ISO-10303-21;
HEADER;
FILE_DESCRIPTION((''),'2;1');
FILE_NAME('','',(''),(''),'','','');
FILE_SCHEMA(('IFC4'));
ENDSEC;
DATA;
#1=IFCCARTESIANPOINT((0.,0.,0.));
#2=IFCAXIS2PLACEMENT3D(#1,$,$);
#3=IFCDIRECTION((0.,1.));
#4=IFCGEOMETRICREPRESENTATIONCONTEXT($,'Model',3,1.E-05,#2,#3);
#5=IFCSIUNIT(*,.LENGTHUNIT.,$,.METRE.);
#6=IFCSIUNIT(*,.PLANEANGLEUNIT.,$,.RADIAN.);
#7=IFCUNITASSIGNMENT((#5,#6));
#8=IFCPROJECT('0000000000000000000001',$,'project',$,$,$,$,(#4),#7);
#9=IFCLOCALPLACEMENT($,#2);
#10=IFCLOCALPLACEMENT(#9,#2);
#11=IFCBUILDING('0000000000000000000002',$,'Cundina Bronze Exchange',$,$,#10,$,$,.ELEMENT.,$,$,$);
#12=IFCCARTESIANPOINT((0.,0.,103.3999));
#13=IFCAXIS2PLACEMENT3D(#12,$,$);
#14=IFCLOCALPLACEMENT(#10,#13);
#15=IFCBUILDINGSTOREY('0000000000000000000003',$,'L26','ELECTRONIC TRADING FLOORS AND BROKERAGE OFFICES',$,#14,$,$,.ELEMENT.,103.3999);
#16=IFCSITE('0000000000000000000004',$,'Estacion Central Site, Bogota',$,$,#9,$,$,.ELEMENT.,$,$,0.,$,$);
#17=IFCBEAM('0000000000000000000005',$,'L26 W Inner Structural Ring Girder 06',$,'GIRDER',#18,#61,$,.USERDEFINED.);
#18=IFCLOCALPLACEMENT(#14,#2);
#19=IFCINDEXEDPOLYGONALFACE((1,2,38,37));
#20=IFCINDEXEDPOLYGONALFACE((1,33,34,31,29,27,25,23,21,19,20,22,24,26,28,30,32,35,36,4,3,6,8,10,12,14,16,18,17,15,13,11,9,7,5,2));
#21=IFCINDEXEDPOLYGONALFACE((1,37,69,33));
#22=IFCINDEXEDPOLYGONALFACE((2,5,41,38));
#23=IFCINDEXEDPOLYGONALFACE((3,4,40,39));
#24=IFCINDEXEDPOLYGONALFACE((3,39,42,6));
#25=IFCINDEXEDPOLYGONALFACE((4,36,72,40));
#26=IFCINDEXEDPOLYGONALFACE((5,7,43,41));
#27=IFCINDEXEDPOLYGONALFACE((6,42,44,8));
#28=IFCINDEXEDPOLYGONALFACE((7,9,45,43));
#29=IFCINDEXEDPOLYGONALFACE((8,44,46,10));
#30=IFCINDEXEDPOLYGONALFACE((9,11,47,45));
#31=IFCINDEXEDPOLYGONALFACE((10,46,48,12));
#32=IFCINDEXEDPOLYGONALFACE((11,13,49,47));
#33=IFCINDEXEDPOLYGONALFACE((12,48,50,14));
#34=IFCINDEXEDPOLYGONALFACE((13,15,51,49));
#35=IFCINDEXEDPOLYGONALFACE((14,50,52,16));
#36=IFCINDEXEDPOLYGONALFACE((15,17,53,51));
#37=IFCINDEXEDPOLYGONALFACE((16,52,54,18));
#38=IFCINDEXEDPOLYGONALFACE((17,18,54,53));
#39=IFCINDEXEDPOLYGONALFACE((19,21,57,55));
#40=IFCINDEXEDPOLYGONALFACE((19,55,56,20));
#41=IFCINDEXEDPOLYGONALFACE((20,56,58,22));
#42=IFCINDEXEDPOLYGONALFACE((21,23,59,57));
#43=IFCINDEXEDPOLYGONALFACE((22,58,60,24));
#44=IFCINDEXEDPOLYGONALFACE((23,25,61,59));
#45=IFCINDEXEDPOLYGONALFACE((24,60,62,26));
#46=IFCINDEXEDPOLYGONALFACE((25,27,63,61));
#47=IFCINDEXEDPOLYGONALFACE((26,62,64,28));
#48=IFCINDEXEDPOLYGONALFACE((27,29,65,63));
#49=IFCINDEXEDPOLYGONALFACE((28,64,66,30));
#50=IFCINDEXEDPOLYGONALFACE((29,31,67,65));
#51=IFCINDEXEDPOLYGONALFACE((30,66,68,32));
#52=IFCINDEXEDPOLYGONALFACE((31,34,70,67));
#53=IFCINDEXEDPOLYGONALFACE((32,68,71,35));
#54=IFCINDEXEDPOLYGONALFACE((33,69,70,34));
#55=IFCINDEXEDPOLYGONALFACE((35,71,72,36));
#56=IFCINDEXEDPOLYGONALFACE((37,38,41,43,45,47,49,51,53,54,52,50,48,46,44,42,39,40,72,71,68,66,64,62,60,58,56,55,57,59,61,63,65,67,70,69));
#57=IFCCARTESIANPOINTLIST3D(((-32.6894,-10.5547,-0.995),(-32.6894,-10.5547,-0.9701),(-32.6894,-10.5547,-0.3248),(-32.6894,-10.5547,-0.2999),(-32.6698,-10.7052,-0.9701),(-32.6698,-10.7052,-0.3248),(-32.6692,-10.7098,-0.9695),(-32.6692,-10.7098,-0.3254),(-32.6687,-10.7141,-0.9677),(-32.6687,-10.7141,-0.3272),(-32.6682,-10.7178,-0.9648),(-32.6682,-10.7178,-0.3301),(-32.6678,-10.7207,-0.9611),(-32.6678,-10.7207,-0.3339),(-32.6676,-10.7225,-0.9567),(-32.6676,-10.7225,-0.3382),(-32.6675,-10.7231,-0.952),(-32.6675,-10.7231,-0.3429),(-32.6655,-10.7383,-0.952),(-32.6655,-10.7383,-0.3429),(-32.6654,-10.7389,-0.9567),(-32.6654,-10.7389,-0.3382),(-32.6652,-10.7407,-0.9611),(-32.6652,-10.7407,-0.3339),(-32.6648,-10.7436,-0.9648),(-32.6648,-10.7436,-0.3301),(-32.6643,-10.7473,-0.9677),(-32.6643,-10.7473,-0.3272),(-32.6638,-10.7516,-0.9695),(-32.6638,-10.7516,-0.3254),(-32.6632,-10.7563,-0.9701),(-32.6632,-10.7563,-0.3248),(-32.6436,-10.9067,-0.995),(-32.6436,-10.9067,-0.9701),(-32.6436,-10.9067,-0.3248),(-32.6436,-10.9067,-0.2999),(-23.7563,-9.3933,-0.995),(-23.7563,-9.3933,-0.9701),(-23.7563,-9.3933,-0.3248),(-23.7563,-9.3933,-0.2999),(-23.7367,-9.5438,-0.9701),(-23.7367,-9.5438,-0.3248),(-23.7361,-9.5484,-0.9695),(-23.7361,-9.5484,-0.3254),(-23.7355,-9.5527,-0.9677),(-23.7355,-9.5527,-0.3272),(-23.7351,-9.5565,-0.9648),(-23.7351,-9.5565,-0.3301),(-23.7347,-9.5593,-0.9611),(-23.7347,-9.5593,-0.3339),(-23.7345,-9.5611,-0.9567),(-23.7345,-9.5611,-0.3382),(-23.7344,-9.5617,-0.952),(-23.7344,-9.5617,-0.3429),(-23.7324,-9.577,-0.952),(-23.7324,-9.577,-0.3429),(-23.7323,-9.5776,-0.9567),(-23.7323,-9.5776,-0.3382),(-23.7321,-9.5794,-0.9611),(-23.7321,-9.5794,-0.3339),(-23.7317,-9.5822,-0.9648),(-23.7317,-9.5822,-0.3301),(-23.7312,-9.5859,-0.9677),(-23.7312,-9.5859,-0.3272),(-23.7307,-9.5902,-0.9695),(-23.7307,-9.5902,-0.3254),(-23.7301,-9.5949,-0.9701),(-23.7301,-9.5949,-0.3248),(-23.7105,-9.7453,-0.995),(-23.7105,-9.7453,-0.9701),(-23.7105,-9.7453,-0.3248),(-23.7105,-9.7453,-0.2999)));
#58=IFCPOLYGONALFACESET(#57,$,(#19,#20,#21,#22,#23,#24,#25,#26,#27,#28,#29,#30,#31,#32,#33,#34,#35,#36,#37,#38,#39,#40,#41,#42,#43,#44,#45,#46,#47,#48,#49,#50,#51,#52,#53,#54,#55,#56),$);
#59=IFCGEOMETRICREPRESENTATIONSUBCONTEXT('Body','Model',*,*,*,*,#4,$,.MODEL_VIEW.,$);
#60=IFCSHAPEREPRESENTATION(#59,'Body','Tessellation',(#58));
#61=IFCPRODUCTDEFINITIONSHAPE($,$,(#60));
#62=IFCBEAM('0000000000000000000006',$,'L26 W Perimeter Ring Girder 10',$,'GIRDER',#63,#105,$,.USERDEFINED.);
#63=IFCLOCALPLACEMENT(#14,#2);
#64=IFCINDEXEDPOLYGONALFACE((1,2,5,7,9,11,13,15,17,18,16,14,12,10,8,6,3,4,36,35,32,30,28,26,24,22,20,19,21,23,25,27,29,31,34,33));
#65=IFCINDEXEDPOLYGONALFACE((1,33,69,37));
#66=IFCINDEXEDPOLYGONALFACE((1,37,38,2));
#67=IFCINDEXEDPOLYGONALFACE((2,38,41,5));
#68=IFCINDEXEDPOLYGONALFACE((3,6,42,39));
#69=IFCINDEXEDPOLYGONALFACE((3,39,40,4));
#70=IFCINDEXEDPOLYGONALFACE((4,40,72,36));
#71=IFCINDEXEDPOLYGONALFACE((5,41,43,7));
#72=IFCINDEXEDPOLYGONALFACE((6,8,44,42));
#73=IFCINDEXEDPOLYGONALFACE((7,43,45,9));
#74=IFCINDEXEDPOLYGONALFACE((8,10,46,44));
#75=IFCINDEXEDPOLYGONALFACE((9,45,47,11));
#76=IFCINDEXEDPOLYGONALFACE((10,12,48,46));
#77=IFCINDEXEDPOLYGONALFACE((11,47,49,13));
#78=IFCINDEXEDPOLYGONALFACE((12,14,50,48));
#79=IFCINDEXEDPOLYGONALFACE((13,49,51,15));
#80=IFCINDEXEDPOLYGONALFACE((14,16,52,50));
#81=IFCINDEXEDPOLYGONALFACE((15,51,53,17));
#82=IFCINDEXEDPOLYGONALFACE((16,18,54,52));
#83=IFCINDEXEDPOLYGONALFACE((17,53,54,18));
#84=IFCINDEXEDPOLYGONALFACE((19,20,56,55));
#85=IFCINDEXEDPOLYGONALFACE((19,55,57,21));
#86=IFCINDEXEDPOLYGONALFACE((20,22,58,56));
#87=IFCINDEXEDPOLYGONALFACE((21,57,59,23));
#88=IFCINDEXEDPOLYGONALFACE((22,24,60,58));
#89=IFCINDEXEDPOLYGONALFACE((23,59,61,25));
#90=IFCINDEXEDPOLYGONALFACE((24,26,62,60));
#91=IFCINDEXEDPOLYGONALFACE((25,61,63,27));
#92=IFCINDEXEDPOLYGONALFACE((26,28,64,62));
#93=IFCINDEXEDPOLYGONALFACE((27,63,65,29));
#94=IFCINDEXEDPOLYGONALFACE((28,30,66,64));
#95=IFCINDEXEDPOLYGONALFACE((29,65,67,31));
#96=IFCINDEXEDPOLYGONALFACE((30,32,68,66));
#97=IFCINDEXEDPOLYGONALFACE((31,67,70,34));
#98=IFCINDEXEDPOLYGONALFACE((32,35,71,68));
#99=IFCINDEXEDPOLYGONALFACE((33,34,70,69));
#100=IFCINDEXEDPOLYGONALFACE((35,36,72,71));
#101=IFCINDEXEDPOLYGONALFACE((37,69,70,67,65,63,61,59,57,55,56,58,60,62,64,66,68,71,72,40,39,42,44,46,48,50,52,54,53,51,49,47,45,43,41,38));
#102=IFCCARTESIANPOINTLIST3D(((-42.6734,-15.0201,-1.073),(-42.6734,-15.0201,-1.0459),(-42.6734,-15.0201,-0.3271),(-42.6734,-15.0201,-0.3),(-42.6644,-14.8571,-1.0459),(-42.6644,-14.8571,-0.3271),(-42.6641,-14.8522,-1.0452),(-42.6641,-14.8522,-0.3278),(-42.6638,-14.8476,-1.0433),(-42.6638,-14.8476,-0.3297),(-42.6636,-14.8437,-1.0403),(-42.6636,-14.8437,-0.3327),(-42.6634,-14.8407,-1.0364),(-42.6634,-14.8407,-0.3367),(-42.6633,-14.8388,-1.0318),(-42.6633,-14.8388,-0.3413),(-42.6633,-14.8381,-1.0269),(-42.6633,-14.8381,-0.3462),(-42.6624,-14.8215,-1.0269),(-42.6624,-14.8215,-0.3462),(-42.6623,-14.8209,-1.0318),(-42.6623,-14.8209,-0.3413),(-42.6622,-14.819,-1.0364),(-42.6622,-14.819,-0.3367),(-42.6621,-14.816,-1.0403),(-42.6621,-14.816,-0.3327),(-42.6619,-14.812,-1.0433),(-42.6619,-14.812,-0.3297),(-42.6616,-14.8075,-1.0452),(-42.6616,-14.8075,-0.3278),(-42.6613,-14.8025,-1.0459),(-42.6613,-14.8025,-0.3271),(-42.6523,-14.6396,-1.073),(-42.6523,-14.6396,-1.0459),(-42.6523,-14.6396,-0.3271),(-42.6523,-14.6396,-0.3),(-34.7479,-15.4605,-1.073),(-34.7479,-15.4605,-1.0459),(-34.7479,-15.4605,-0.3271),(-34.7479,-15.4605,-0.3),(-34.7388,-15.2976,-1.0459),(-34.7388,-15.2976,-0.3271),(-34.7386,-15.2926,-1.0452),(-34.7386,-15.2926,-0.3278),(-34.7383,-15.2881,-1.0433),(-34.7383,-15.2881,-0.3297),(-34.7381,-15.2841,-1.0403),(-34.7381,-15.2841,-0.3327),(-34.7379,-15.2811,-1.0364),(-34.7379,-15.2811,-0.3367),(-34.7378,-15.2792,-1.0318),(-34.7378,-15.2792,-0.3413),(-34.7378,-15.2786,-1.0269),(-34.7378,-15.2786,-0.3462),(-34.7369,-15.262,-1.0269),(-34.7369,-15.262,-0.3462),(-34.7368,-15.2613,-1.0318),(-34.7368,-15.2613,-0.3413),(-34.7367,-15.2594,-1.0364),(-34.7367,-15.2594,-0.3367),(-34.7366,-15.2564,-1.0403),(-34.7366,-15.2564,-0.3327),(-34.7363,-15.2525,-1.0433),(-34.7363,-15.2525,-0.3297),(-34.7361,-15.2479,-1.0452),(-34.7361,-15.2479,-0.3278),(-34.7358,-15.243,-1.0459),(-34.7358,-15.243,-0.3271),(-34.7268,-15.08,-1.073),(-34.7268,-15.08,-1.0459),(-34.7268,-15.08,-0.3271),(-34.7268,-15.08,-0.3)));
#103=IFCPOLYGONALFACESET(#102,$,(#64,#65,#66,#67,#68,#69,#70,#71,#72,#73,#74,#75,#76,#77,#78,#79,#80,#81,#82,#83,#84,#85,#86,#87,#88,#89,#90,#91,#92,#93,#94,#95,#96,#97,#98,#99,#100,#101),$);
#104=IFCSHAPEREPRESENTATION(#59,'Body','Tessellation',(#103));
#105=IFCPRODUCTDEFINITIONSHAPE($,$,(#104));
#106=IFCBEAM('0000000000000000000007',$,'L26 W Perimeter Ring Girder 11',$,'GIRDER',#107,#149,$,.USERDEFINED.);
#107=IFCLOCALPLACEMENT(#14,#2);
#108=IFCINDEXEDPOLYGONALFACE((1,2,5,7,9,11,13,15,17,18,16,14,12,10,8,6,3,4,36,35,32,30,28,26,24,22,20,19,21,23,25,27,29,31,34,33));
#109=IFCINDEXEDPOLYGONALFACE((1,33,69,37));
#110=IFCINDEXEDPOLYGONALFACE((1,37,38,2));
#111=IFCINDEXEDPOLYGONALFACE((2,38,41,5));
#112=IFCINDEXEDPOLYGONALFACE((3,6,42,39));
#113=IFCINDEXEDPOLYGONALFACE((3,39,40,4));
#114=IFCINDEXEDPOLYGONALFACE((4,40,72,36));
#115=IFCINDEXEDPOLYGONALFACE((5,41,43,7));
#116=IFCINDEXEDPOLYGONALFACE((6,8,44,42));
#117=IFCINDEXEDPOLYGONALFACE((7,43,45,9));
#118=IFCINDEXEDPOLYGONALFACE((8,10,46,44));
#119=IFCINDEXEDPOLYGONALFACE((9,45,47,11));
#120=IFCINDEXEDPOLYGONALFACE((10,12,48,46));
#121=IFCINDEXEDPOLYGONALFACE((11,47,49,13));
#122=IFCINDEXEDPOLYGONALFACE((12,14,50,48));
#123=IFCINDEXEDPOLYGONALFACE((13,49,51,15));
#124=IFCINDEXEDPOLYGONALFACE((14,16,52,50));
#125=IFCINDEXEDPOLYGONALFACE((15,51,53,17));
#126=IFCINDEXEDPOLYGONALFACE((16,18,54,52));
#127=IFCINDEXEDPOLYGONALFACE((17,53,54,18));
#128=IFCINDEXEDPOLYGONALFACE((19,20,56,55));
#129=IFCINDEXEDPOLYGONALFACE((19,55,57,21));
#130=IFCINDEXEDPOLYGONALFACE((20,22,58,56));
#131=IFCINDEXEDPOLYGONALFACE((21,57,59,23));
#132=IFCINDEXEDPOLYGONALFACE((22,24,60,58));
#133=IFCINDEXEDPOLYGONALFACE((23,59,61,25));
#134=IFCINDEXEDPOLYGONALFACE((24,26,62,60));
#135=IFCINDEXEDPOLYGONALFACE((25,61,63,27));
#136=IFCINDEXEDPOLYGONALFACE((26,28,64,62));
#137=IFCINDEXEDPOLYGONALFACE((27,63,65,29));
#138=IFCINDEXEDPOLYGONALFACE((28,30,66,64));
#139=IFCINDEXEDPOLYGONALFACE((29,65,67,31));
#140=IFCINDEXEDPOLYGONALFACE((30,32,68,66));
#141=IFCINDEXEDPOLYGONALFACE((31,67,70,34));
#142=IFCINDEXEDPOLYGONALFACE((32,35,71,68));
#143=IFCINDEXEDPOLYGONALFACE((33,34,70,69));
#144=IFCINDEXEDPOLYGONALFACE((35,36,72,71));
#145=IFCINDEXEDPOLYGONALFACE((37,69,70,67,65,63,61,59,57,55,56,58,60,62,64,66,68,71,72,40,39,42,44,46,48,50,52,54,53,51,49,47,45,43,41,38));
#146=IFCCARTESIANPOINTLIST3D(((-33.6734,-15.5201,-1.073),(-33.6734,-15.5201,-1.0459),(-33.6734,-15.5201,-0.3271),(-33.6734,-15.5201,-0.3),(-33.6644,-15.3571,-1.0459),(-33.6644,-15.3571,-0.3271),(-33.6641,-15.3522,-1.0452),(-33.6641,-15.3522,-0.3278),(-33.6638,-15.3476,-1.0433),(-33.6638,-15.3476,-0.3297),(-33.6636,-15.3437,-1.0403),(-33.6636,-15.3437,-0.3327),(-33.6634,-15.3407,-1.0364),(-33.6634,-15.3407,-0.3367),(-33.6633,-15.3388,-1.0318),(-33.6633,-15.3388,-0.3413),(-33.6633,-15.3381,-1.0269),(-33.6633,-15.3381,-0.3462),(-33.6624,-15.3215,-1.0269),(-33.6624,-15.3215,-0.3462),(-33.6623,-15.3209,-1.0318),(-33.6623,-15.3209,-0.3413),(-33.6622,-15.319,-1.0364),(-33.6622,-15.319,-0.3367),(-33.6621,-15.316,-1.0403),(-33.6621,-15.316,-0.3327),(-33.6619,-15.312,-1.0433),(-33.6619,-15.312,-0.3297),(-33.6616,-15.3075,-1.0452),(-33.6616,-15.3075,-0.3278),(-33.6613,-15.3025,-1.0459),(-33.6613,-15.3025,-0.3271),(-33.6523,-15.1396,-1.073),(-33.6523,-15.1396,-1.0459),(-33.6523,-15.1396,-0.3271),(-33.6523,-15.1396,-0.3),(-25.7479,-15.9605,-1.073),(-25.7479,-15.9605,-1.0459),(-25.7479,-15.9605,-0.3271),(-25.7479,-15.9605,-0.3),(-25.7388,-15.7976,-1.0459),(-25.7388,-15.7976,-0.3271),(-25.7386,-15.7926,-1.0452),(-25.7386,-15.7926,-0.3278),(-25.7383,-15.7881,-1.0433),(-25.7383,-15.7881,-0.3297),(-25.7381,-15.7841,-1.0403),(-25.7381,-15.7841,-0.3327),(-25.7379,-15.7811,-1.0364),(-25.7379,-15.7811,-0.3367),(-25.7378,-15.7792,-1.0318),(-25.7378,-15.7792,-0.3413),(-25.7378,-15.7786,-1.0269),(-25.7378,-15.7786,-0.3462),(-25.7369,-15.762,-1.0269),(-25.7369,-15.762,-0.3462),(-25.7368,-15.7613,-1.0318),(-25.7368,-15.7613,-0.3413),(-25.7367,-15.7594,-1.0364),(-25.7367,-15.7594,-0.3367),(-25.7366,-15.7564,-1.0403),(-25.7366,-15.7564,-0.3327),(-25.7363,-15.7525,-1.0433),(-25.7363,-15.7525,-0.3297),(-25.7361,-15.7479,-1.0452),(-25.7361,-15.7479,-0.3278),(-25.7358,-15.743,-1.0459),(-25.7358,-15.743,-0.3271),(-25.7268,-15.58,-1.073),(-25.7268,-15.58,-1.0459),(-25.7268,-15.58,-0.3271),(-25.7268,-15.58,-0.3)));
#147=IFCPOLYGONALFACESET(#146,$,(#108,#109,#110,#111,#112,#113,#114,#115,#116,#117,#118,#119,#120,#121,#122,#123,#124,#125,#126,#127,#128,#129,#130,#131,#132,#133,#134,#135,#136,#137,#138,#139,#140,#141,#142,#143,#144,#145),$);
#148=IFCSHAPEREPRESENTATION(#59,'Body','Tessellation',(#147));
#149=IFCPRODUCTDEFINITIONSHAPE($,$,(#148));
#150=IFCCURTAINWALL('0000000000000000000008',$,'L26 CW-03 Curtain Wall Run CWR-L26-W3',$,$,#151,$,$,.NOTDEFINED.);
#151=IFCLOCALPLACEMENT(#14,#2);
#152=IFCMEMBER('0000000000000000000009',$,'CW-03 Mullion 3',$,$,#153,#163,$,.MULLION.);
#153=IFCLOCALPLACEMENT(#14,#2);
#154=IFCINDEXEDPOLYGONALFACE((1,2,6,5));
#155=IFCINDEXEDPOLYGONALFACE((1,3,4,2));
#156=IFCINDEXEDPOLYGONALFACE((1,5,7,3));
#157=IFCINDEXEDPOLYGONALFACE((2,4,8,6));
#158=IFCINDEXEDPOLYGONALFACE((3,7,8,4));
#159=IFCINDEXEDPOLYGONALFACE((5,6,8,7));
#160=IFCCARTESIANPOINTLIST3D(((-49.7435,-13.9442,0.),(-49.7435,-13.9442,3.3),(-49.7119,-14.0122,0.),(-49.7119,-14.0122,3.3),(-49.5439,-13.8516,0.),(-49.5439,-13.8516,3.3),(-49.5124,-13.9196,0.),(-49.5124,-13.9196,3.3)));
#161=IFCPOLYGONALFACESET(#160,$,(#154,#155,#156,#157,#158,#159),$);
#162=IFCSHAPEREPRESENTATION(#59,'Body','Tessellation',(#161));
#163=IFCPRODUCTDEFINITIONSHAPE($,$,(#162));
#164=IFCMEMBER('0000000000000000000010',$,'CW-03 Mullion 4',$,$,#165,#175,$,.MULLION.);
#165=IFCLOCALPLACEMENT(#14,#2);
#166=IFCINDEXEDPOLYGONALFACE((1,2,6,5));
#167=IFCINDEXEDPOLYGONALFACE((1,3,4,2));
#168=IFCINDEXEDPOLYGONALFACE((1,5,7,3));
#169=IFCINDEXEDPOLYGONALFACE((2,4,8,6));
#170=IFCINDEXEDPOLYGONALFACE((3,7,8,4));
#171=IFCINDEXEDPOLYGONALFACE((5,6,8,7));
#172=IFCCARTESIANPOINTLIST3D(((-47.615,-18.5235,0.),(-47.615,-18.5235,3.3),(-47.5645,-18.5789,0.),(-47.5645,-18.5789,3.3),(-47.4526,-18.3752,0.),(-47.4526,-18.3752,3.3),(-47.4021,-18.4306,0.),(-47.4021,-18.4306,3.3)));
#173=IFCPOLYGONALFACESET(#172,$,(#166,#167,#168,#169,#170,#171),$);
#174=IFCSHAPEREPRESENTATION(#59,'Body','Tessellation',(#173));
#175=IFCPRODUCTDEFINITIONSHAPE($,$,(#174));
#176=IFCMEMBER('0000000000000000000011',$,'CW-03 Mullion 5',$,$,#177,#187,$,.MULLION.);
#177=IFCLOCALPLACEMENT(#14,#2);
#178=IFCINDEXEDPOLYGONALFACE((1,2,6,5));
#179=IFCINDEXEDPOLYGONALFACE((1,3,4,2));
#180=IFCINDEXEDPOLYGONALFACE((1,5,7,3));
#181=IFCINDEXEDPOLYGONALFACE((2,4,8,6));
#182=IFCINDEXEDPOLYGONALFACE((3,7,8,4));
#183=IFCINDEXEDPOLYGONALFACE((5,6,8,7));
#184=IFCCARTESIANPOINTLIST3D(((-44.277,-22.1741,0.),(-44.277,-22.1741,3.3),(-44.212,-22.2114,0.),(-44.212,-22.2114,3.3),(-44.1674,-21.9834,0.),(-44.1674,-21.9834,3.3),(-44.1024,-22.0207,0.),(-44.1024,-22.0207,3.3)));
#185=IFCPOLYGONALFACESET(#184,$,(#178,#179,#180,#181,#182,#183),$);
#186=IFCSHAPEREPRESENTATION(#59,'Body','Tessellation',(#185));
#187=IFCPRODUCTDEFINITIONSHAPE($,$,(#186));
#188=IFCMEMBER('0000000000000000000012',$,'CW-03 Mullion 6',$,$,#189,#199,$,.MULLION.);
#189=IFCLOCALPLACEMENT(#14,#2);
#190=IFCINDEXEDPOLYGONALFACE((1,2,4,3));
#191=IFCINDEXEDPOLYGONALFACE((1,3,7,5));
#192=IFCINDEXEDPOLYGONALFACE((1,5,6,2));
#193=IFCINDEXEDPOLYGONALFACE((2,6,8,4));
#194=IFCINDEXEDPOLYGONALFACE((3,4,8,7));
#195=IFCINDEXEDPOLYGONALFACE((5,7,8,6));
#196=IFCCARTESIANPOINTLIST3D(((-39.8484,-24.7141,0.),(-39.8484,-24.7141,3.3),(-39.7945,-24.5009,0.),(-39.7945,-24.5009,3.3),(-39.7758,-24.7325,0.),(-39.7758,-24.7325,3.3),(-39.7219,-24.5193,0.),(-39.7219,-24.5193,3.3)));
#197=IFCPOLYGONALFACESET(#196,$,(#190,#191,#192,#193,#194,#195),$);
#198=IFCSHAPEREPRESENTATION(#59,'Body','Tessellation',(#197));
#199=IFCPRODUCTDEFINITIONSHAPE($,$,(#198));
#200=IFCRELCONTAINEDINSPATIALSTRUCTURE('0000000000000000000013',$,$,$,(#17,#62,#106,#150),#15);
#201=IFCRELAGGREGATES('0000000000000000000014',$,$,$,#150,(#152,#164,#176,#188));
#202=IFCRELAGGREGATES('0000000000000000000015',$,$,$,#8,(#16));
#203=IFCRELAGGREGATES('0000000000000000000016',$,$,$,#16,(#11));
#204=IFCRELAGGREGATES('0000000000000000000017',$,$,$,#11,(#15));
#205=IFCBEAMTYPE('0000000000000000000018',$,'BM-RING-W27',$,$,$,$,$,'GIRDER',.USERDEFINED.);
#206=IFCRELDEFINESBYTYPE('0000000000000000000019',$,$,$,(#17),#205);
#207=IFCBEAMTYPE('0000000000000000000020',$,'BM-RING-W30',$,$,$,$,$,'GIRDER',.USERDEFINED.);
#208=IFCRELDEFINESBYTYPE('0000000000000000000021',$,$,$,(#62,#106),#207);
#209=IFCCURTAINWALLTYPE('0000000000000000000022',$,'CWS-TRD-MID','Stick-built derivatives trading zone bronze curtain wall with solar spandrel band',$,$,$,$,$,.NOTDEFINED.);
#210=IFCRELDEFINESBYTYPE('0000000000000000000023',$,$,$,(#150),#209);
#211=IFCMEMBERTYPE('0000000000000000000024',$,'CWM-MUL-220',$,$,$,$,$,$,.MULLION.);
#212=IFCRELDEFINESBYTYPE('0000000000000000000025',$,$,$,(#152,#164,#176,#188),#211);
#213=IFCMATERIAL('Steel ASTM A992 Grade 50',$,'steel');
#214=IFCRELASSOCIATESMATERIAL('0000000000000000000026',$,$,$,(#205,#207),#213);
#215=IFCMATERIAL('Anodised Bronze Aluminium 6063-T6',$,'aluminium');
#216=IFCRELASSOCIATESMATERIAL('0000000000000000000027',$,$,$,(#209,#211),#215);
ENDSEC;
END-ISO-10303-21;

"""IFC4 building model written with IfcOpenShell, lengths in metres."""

from ifc_helpers import new_model, si_unit, direction, frame, origin, origin_2d, place, context, subcontext, project, spatial, rectangle, i_section, extrude, material, material_profile, profile_set, type_object, element, aggregate, save


model = new_model("IFC4")

# Units and contexts
model_context = context("Model", 3, precision=1e-05, world=origin(), true_north=direction((0.0, 1.0)))
body_context = subcontext(model_context, "Body", "Model", "MODEL_VIEW")
ifc_project = project(units=[si_unit("LENGTHUNIT", "METRE"), si_unit("PLANEANGLEUNIT", "RADIAN")], contexts=[model_context])

# Site, building, storey
site_placement = place(None, origin())
site = spatial("IfcSite", under=ifc_project, at=site_placement, Name="Estacion Central Site, Bogota", CompositionType="ELEMENT", RefElevation=0.0)
building_placement = place(site_placement, origin())
building = spatial("IfcBuilding", under=site, at=building_placement, Name="Cundina Bronze Exchange", CompositionType="ELEMENT")
storey_placement = place(building_placement, frame((0.0, 0.0, 103.3999)))
storey = spatial("IfcBuildingStorey", under=building, at=storey_placement, Name="L26", Description="ELECTRONIC TRADING FLOORS AND BROKERAGE OFFICES", CompositionType="ELEMENT", Elevation=103.3999)

# Beams
ifc_material_1 = material(Name="Steel ASTM A992 Grade 50", Category="steel")
ifc_material_profile_1 = material_profile(ifc_material_1, i_section(OverallWidth=0.355, OverallDepth=0.6951, WebThickness=0.0154, FlangeThickness=0.0249, FilletRadius=0.0181, at=origin_2d()), Name="W27X146", Category="steel")
ifc_profile_set_1 = profile_set([ifc_material_profile_1], Name="Steel ASTM A992 Grade 50")
beam_type_1 = type_object("IfcBeamType", Name="BM-RING-W27", ElementType="GIRDER", PredefinedType="USERDEFINED", material=ifc_profile_set_1)
beam_1_placement = place(storey_placement, frame((-32.6665, -10.7307, -0.6475), z_axis=(0.991655, 0.128923, 0.0), x_axis=(-0.128923, 0.991655, 0.0)))
element("IfcBeam", 1, at=beam_1_placement, inside=storey, type_object=beam_type_1, Name="L26 W Inner Structural Ring Girder 06", ObjectType="GIRDER", PredefinedType="USERDEFINED", context=body_context, shape_type="SweptSolid", body=[
    extrude(i_section(OverallWidth=0.355, OverallDepth=0.6951, WebThickness=0.0154, FlangeThickness=0.0249, FilletRadius=0.0181, at=origin_2d()), origin(), (0.0, 0.0, 1.0), 9.0083),
])
ifc_material_profile_2 = material_profile(ifc_material_1, i_section(OverallWidth=0.3811, OverallDepth=0.7729, WebThickness=0.0166, FlangeThickness=0.0271, FilletRadius=0.019, at=origin_2d()), Name="W30X173", Category="steel")
ifc_profile_set_2 = profile_set([ifc_material_profile_2], Name="Steel ASTM A992 Grade 50")
beam_type_2 = type_object("IfcBeamType", Name="BM-RING-W30", ElementType="GIRDER", PredefinedType="USERDEFINED", material=ifc_profile_set_2)
for number, where, z_axis, x_axis, name in (
    (2, (-42.6628, -14.8298, -0.6865), (0.99846, -0.055485, 0.0), (0.055485, 0.99846, 0.0), "L26 W Perimeter Ring Girder 10"),
    (3, (-33.6628, -15.3298, -0.6865), (0.99846, -0.055485, 0.0), (0.055485, 0.99846, 0.0), "L26 W Perimeter Ring Girder 11"),
):
    element("IfcBeam", number, at=place(storey_placement, frame(where, z_axis=z_axis, x_axis=x_axis)), inside=storey, type_object=beam_type_2, Name=name, ObjectType="GIRDER", PredefinedType="USERDEFINED", context=body_context, shape_type="SweptSolid", body=[
        extrude(i_section(OverallWidth=0.3811, OverallDepth=0.7729, WebThickness=0.0166, FlangeThickness=0.0271, FilletRadius=0.019, at=origin_2d()), origin(), (0.0, 0.0, 1.0), 7.9377),
    ])

# Curtain wall, members
ifc_material_2 = material(Name="Anodised Bronze Aluminium 6063-T6", Category="aluminium")
curtain_wall_type = type_object("IfcCurtainWallType", Name="CWS-TRD-MID", Description="Stick-built derivatives trading zone bronze curtain wall with solar spandrel band", PredefinedType="NOTDEFINED", material=ifc_material_2)
curtain_wall_placement = place(storey_placement, origin())
curtain_wall = element("IfcCurtainWall", 4, at=curtain_wall_placement, inside=storey, type_object=curtain_wall_type, Name="L26 CW-03 Curtain Wall Run CWR-L26-W3", PredefinedType="NOTDEFINED")
ifc_material_profile_3 = material_profile(ifc_material_2, rectangle(XDim=0.075, YDim=0.22, at=origin_2d()), Name="AL75X220", Category="aluminium")
ifc_profile_set_3 = profile_set([ifc_material_profile_3], Name="Anodised Bronze Aluminium 6063-T6")
member_type_1 = type_object("IfcMemberType", Name="CWM-MUL-220", PredefinedType="MULLION", material=ifc_profile_set_3)
member_1_placement = place(storey_placement, frame((-49.6279, -13.9319, 0.0), z_axis=(0.0, 0.0, 1.0), x_axis=(0.420877, -0.907117, 0.0)))
member_1 = element("IfcMember", 5, at=member_1_placement, type_object=member_type_1, Name="CW-03 Mullion 3", PredefinedType="MULLION", context=body_context, shape_type="SweptSolid", body=[
    extrude(rectangle(XDim=0.075, YDim=0.22, at=origin_2d()), origin(), (0.0, 0.0, 1.0), 3.3),
])
member_2_placement = place(storey_placement, frame((-47.5085, -18.4771, 0.0), z_axis=(0.0, 0.0, 1.0), x_axis=(0.674302, -0.738455, 0.0)))
member_2 = element("IfcMember", 6, at=member_2_placement, type_object=member_type_1, Name="CW-03 Mullion 4", PredefinedType="MULLION", context=body_context, shape_type="SweptSolid", body=[
    extrude(rectangle(XDim=0.075, YDim=0.22, at=origin_2d()), origin(), (0.0, 0.0, 1.0), 3.3),
])
member_3_placement = place(storey_placement, frame((-44.1897, -22.0974, 0.0), z_axis=(0.0, 0.0, 1.0), x_axis=(0.867071, -0.498185, 0.0)))
member_3 = element("IfcMember", 7, at=member_3_placement, type_object=member_type_1, Name="CW-03 Mullion 5", PredefinedType="MULLION", context=body_context, shape_type="SweptSolid", body=[
    extrude(rectangle(XDim=0.075, YDim=0.22, at=origin_2d()), origin(), (0.0, 0.0, 1.0), 3.3),
])
member_4_placement = place(storey_placement, frame((-39.7852, -24.6167, 0.0), z_axis=(0.0, 0.0, 1.0), x_axis=(0.969488, -0.245138, 0.0)))
member_4 = element("IfcMember", 8, at=member_4_placement, type_object=member_type_1, Name="CW-03 Mullion 6", PredefinedType="MULLION", context=body_context, shape_type="SweptSolid", body=[
    extrude(rectangle(XDim=0.075, YDim=0.22, at=origin_2d()), origin(), (0.0, 0.0, 1.0), 3.3),
])
aggregate(curtain_wall, [member_1, member_2, member_3, member_4])

save(model, "model.ifc")
